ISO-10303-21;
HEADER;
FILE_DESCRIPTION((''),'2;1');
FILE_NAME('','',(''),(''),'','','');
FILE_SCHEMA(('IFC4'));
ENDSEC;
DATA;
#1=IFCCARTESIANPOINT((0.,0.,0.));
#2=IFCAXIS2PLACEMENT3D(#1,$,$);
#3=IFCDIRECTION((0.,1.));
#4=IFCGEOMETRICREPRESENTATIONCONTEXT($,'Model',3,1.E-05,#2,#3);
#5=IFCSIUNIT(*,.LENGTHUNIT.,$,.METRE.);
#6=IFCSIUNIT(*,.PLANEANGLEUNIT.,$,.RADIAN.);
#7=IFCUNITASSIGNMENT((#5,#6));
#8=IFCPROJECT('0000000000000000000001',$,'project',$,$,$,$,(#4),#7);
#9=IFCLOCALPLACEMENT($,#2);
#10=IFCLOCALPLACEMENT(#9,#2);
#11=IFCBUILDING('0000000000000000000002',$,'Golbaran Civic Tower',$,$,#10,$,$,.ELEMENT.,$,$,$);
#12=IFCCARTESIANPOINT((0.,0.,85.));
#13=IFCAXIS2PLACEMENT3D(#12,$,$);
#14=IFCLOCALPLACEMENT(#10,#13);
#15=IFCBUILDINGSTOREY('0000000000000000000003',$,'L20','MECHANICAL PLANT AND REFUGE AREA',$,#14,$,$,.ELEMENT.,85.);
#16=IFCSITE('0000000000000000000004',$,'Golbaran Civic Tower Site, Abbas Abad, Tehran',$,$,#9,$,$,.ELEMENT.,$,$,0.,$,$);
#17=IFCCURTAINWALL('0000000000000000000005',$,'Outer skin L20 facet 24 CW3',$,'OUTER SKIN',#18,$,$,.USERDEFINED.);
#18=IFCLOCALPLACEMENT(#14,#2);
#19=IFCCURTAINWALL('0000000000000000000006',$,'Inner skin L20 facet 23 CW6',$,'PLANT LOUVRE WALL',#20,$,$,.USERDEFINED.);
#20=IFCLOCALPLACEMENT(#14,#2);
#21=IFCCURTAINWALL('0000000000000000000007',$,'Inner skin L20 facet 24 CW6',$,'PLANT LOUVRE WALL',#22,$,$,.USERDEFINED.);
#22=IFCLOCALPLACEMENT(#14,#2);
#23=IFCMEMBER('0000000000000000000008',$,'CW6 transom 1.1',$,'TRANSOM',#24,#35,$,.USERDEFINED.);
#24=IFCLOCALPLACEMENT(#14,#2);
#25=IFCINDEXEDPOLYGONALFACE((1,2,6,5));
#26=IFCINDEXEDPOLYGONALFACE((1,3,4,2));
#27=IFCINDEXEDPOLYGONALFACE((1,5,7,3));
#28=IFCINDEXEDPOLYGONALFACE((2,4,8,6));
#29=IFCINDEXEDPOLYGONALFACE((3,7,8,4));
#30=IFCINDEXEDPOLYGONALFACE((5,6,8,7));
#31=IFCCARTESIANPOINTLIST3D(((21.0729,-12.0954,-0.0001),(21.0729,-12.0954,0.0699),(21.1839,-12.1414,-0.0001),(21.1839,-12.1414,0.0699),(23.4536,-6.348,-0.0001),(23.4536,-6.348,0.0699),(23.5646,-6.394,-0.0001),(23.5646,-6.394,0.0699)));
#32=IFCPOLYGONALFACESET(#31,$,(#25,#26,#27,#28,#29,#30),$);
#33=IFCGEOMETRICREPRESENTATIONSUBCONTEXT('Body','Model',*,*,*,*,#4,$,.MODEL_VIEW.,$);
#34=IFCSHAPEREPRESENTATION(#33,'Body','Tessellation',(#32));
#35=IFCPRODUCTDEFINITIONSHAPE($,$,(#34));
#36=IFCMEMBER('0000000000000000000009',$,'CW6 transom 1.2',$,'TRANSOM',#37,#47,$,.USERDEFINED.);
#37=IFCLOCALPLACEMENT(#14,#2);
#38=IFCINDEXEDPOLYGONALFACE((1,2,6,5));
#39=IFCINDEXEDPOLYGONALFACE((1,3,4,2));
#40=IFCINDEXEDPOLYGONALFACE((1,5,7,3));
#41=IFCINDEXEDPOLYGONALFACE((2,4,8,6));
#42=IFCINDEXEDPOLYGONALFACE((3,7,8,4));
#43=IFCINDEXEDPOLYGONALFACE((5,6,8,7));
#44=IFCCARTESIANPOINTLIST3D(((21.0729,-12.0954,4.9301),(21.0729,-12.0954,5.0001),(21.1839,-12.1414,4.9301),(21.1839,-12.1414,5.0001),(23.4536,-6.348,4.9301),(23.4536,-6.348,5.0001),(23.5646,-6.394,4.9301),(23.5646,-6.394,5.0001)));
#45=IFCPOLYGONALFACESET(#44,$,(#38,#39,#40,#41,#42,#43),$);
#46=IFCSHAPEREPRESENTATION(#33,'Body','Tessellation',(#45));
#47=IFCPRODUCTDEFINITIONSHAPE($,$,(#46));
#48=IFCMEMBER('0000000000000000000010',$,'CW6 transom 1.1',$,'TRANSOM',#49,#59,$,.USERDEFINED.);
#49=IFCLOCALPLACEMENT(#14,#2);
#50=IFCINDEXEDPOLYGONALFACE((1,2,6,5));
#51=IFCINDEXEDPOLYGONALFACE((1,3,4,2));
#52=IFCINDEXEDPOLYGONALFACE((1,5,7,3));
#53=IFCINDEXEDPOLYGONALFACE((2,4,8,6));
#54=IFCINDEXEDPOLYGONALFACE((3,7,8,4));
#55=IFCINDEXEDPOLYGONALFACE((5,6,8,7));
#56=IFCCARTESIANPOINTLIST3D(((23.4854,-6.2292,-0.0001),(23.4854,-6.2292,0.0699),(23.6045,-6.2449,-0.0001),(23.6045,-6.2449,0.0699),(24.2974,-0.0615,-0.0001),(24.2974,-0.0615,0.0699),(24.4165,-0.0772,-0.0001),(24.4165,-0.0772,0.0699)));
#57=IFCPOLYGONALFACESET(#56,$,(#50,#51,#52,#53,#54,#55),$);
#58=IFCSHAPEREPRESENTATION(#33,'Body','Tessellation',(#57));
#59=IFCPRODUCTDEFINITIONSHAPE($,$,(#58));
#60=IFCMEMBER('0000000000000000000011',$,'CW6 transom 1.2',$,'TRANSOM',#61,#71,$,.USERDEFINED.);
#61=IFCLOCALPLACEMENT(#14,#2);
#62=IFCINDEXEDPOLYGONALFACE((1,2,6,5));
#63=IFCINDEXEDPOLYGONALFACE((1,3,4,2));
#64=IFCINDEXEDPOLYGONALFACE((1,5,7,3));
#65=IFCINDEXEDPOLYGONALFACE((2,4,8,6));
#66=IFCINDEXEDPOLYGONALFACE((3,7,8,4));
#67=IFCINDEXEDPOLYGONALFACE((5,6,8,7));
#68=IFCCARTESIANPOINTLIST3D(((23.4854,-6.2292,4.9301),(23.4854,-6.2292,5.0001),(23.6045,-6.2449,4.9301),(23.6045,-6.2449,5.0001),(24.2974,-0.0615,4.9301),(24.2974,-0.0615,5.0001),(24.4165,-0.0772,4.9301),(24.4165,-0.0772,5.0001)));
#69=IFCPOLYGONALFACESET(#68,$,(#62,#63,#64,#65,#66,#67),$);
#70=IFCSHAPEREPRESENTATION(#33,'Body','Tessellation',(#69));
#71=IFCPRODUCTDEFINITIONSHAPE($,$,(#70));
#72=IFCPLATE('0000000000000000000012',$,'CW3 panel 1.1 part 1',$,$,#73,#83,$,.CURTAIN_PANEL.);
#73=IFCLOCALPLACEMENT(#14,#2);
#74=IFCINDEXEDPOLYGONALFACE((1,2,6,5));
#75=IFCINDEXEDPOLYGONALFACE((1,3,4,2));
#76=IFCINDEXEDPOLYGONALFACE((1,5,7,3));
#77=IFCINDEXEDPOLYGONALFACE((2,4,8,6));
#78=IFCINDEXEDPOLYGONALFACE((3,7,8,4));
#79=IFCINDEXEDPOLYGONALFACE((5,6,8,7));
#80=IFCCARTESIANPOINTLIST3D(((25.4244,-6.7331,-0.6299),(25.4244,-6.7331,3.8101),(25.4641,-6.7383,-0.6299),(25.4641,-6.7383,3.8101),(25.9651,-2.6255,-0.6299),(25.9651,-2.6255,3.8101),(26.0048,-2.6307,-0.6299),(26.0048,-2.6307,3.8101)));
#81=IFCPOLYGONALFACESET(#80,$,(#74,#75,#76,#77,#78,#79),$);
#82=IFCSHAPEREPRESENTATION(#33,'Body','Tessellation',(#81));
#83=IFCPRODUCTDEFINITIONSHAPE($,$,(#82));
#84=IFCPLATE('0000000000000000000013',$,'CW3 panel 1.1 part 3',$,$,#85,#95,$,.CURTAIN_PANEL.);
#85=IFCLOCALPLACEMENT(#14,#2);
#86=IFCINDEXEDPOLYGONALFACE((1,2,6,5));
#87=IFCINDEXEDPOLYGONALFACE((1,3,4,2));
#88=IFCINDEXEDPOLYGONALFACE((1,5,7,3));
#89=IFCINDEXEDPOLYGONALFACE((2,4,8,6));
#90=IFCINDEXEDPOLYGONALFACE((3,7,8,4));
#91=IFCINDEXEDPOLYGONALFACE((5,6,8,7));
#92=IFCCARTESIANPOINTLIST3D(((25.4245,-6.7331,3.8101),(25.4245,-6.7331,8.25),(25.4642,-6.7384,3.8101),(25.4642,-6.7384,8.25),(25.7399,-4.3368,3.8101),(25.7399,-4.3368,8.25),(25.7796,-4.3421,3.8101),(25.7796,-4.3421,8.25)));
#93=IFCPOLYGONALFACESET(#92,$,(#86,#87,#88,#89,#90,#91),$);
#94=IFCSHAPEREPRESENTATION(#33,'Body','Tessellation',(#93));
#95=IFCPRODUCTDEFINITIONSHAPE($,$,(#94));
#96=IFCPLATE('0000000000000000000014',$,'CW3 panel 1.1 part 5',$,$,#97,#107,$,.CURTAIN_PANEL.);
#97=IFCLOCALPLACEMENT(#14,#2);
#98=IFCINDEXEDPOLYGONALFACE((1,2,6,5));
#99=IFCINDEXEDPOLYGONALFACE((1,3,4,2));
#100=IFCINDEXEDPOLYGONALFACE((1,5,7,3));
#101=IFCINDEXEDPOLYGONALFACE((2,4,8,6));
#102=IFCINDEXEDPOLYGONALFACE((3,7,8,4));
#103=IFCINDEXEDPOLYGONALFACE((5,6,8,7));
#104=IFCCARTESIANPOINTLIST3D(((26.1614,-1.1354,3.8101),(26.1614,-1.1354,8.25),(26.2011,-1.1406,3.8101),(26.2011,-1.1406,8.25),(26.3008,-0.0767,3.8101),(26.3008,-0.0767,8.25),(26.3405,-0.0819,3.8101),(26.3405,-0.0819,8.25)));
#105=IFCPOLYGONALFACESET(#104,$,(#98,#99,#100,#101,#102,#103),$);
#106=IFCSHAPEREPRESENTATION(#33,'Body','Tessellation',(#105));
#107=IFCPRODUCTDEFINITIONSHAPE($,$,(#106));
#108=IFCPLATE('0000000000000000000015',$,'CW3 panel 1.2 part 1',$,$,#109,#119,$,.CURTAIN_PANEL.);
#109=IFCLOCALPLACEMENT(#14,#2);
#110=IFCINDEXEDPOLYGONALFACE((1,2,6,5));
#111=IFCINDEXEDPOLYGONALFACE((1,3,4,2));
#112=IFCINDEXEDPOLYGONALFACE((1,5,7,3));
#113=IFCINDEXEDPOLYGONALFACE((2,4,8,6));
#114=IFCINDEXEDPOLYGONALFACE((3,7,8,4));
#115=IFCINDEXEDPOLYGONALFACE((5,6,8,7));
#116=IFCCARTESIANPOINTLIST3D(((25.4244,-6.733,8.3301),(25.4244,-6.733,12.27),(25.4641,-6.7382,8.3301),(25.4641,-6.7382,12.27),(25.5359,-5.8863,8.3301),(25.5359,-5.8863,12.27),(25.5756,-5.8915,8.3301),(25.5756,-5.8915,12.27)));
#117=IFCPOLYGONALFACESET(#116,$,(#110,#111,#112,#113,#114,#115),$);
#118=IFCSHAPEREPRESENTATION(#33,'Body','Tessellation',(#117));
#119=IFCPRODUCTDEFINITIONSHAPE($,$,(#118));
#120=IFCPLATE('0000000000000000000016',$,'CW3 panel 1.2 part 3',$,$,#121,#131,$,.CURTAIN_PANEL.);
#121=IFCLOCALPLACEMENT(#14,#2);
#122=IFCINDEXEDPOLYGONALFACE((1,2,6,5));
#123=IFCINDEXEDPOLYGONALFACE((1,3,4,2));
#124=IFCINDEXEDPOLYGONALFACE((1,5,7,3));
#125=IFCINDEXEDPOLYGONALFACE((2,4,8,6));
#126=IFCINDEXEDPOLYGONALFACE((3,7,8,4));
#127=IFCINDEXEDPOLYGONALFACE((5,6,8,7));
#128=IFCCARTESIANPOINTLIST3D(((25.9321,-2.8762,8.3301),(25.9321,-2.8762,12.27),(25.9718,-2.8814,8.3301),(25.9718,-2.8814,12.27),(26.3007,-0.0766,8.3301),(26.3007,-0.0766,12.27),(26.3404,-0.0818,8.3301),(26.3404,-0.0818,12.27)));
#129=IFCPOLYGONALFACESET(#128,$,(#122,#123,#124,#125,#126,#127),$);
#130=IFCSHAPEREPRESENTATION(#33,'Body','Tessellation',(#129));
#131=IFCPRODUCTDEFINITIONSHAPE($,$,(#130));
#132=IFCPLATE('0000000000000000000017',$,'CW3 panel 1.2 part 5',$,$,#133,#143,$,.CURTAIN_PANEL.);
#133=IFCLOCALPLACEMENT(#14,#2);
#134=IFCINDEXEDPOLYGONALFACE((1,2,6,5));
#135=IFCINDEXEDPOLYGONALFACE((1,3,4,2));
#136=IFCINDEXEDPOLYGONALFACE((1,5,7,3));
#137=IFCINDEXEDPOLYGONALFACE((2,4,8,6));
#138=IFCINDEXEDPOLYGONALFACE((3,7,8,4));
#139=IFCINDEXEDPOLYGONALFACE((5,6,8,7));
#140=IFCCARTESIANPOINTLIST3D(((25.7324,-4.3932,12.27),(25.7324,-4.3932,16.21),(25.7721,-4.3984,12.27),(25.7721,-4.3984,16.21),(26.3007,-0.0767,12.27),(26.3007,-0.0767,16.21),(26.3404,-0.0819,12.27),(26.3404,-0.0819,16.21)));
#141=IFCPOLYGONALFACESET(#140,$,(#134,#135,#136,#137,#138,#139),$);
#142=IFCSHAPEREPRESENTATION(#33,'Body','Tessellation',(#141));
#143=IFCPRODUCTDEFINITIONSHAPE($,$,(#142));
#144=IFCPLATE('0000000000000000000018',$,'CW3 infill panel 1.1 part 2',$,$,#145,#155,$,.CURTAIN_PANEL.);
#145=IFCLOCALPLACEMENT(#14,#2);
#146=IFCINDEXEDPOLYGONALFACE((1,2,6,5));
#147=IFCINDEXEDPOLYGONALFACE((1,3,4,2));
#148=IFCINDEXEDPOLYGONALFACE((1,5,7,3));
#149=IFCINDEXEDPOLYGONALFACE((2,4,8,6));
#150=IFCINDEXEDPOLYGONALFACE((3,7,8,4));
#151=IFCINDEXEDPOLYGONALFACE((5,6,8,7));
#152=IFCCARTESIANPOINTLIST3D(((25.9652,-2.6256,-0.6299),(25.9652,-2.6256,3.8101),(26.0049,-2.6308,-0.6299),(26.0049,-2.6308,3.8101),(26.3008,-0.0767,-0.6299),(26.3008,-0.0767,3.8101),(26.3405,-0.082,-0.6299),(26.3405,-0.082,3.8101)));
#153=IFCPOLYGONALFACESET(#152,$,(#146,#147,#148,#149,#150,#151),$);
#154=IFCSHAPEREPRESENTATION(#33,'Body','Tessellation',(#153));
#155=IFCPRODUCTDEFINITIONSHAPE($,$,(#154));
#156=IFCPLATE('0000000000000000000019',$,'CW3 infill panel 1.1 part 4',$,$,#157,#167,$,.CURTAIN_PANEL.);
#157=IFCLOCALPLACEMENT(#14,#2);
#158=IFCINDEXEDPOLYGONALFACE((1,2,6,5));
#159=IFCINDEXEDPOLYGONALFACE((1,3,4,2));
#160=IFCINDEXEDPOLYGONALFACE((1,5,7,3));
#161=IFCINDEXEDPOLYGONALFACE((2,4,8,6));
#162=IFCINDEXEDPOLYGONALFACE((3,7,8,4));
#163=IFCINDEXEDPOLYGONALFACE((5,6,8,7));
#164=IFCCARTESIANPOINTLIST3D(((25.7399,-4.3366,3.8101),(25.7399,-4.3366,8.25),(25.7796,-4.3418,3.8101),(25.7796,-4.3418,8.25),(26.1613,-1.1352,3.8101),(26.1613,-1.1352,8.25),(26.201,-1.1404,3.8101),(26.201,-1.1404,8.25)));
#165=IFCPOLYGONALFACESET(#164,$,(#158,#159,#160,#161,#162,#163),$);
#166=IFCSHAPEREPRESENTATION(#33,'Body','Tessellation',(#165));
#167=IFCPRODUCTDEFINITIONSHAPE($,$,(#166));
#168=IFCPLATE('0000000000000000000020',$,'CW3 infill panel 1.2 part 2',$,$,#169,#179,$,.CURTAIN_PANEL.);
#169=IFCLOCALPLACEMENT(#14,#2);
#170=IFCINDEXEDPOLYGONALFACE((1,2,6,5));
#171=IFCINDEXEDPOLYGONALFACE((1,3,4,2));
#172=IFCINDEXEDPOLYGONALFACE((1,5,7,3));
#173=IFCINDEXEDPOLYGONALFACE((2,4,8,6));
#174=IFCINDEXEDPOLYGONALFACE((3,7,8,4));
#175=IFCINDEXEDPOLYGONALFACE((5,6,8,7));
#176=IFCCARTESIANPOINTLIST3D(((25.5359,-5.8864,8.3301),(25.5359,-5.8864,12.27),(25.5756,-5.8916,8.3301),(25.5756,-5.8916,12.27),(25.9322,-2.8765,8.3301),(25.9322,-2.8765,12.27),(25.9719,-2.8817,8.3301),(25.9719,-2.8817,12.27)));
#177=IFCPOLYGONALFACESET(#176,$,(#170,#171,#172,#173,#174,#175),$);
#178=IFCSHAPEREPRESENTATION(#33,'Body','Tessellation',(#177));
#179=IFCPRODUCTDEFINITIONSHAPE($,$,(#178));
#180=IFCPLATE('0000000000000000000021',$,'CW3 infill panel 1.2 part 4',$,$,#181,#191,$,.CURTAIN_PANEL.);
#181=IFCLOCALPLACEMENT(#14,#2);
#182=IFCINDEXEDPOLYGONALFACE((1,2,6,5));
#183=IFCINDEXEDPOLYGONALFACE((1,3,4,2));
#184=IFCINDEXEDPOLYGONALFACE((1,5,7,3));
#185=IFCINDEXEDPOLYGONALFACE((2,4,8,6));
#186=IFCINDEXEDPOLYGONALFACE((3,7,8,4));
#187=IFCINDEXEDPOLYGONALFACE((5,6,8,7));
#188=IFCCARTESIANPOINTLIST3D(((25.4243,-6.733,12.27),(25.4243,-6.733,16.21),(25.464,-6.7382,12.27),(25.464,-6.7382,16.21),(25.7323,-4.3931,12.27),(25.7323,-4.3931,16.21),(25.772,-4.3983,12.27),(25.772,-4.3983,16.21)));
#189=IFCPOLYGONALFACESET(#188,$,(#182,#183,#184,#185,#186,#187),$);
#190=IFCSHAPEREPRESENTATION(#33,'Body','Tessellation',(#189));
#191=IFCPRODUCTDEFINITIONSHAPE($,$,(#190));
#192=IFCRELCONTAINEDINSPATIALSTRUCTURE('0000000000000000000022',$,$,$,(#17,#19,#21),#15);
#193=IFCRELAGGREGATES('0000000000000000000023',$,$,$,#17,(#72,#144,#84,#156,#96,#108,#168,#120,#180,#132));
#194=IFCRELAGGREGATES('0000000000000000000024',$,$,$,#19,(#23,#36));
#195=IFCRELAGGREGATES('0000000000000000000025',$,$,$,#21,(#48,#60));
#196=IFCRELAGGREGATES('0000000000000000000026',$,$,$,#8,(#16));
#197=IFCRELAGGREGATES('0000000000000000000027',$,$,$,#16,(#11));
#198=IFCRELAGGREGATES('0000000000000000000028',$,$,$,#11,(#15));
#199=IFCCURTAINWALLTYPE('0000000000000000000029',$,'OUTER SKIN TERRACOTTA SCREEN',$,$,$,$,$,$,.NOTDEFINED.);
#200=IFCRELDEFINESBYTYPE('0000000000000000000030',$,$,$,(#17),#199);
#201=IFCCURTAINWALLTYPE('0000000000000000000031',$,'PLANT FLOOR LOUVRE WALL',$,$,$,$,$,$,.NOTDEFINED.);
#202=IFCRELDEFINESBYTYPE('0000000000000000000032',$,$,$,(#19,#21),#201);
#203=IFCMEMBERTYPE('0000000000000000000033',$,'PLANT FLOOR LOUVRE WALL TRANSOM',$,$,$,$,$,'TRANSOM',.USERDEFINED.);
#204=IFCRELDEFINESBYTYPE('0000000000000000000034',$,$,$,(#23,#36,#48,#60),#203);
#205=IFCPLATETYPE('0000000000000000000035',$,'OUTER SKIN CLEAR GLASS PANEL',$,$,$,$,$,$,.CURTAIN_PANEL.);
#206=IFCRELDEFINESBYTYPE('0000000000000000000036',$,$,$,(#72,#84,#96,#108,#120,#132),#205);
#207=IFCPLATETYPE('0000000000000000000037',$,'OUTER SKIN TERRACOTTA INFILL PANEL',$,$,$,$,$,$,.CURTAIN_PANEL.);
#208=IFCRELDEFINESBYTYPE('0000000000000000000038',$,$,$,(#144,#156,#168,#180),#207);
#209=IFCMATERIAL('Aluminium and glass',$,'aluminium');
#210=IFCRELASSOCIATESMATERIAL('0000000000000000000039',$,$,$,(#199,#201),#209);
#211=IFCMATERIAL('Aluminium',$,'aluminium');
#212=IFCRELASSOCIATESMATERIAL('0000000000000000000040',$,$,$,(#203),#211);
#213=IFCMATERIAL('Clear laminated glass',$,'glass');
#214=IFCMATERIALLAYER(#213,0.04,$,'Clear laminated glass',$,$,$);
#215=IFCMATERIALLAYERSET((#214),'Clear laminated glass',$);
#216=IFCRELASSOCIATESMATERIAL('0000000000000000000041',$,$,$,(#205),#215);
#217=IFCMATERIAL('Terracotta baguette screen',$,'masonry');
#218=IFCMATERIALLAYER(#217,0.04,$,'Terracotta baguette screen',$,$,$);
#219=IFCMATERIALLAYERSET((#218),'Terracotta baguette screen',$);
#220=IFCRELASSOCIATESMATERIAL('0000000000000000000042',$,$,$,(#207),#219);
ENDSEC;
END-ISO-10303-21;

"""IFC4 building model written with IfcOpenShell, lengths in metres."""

from ifc_helpers import new_model, si_unit, direction, frame, origin, origin_2d, place, context, subcontext, project, spatial, rectangle, extrude, material, layer, layer_set, material_profile, profile_set, type_object, element, aggregate, save


model = new_model("IFC4")

# Units and contexts
model_context = context("Model", 3, precision=1e-05, world=origin(), true_north=direction((0.0, 1.0)))
body_context = subcontext(model_context, "Body", "Model", "MODEL_VIEW")
ifc_project = project(units=[si_unit("LENGTHUNIT", "METRE"), si_unit("PLANEANGLEUNIT", "RADIAN")], contexts=[model_context])

# Site, building, storey
site_placement = place(None, origin())
site = spatial("IfcSite", under=ifc_project, at=site_placement, Name="Golbaran Civic Tower Site, Abbas Abad, Tehran", CompositionType="ELEMENT", RefElevation=0.0)
building_placement = place(site_placement, origin())
building = spatial("IfcBuilding", under=site, at=building_placement, Name="Golbaran Civic Tower", CompositionType="ELEMENT")
storey_placement = place(building_placement, frame((0.0, 0.0, 85.0)))
storey = spatial("IfcBuildingStorey", under=building, at=storey_placement, Name="L20", Description="MECHANICAL PLANT AND REFUGE AREA", CompositionType="ELEMENT", Elevation=85.0)

# Shared definitions
ifc_material_1 = material(Name="Aluminium and glass", Category="aluminium")
curtain_wall_type_1 = type_object("IfcCurtainWallType", Name="OUTER SKIN TERRACOTTA SCREEN", PredefinedType="NOTDEFINED", material=ifc_material_1)
ifc_material_2 = material(Name="Aluminium", Category="aluminium")

# Curtain walls
curtain_wall_1_placement = place(storey_placement, origin())
curtain_wall_1 = element("IfcCurtainWall", 1, at=curtain_wall_1_placement, inside=storey, type_object=curtain_wall_type_1, Name="Outer skin L20 facet 24 CW3", ObjectType="OUTER SKIN", PredefinedType="USERDEFINED")
curtain_wall_type_2 = type_object("IfcCurtainWallType", Name="PLANT FLOOR LOUVRE WALL", PredefinedType="NOTDEFINED", material=ifc_material_1)
curtain_wall_2_placement = place(storey_placement, origin())
curtain_wall_2 = element("IfcCurtainWall", 2, at=curtain_wall_2_placement, inside=storey, type_object=curtain_wall_type_2, Name="Inner skin L20 facet 23 CW6", ObjectType="PLANT LOUVRE WALL", PredefinedType="USERDEFINED")
curtain_wall_3_placement = place(storey_placement, origin())
curtain_wall_3 = element("IfcCurtainWall", 3, at=curtain_wall_3_placement, inside=storey, type_object=curtain_wall_type_2, Name="Inner skin L20 facet 24 CW6", ObjectType="PLANT LOUVRE WALL", PredefinedType="USERDEFINED")

# Members
ifc_material_profile_1 = material_profile(ifc_material_2, rectangle(XDim=0.1201, YDim=0.0701, at=origin_2d()), Name="PLANT FLOOR LOUVRE WALL TRANSOM")
ifc_profile_set_1 = profile_set([ifc_material_profile_1], Name="Aluminium")
member_type_1 = type_object("IfcMemberType", Name="PLANT FLOOR LOUVRE WALL TRANSOM", ElementType="TRANSOM", PredefinedType="USERDEFINED", material=ifc_profile_set_1)
member_1_placement = place(storey_placement, frame((21.1284, -12.1184, 0.0349), z_axis=(0.382683, 0.92388, 0.0), x_axis=(-0.92388, 0.382683, 0.0)))
member_1 = element("IfcMember", 4, at=member_1_placement, type_object=member_type_1, Name="CW6 transom 1.1", ObjectType="TRANSOM", PredefinedType="USERDEFINED", context=body_context, shape_type="SweptSolid", body=[
    extrude(rectangle(XDim=0.1201, YDim=0.0701, at=origin_2d()), origin(), (0.0, 0.0, 1.0), 6.2209),
])
member_2_placement = place(storey_placement, frame((21.1284, -12.1184, 4.9651), z_axis=(0.382683, 0.92388, 0.0), x_axis=(-0.92388, 0.382683, 0.0)))
member_2 = element("IfcMember", 5, at=member_2_placement, type_object=member_type_1, Name="CW6 transom 1.2", ObjectType="TRANSOM", PredefinedType="USERDEFINED", context=body_context, shape_type="SweptSolid", body=[
    extrude(rectangle(XDim=0.1201, YDim=0.0701, at=origin_2d()), origin(), (0.0, 0.0, 1.0), 6.2209),
])
member_3_placement = place(storey_placement, frame((23.5449, -6.2371, 0.0349), z_axis=(0.130529, 0.991445, 0.0), x_axis=(-0.991445, 0.130529, 0.0)))
member_3 = element("IfcMember", 6, at=member_3_placement, type_object=member_type_1, Name="CW6 transom 1.1", ObjectType="TRANSOM", PredefinedType="USERDEFINED", context=body_context, shape_type="SweptSolid", body=[
    extrude(rectangle(XDim=0.1201, YDim=0.0701, at=origin_2d()), origin(), (0.0, 0.0, 1.0), 6.2209),
])
member_4_placement = place(storey_placement, frame((23.5449, -6.2371, 4.9651), z_axis=(0.130529, 0.991445, 0.0), x_axis=(-0.991445, 0.130529, 0.0)))
member_4 = element("IfcMember", 7, at=member_4_placement, type_object=member_type_1, Name="CW6 transom 1.2", ObjectType="TRANSOM", PredefinedType="USERDEFINED", context=body_context, shape_type="SweptSolid", body=[
    extrude(rectangle(XDim=0.1201, YDim=0.0701, at=origin_2d()), origin(), (0.0, 0.0, 1.0), 6.2209),
])

# Plates
ifc_material_3 = material(Name="Clear laminated glass", Category="glass")
ifc_layer_1 = layer(ifc_material_3, 0.04, Name="Clear laminated glass")
ifc_layer_set_1 = layer_set([ifc_layer_1], Name="Clear laminated glass")
plate_type_1 = type_object("IfcPlateType", Name="OUTER SKIN CLEAR GLASS PANEL", PredefinedType="CURTAIN_PANEL", material=ifc_layer_set_1)
plate_1_placement = place(storey_placement, frame((25.7146, -4.6819, -0.6299), z_axis=(0.0, 0.0, 1.0), x_axis=(0.130526, 0.991445, 0.0)))
plate_1 = element("IfcPlate", 8, at=plate_1_placement, type_object=plate_type_1, Name="CW3 panel 1.1 part 1", PredefinedType="CURTAIN_PANEL", context=body_context, shape_type="SweptSolid", body=[
    extrude(rectangle(XDim=4.1431, YDim=0.04, at=origin_2d()), origin(), (0.0, 0.0, 1.0), 4.4399),
])
plate_2_placement = place(storey_placement, frame((25.6021, -5.5376, 3.8101), z_axis=(0.0, 0.0, 1.0), x_axis=(0.130526, 0.991445, 0.0)))
plate_2 = element("IfcPlate", 9, at=plate_2_placement, type_object=plate_type_1, Name="CW3 panel 1.1 part 3", PredefinedType="CURTAIN_PANEL", context=body_context, shape_type="SweptSolid", body=[
    extrude(rectangle(XDim=2.417, YDim=0.04, at=origin_2d()), origin(), (0.0, 0.0, 1.0), 4.4399),
])
plate_3_placement = place(storey_placement, frame((26.251, -0.6086, 3.8101), z_axis=(0.0, 0.0, 1.0), x_axis=(0.130526, 0.991445, 0.0)))
plate_3 = element("IfcPlate", 10, at=plate_3_placement, type_object=plate_type_1, Name="CW3 panel 1.1 part 5", PredefinedType="CURTAIN_PANEL", context=body_context, shape_type="SweptSolid", body=[
    extrude(rectangle(XDim=1.0679, YDim=0.04, at=origin_2d()), origin(), (0.0, 0.0, 1.0), 4.4399),
])
plate_4_placement = place(storey_placement, frame((25.5, -6.3123, 8.3301), z_axis=(0.0, 0.0, 1.0), x_axis=(0.130526, 0.991445, 0.0)))
plate_4 = element("IfcPlate", 11, at=plate_4_placement, type_object=plate_type_1, Name="CW3 panel 1.2 part 1", PredefinedType="CURTAIN_PANEL", context=body_context, shape_type="SweptSolid", body=[
    extrude(rectangle(XDim=0.854, YDim=0.04, at=origin_2d()), origin(), (0.0, 0.0, 1.0), 3.9399),
])
plate_5_placement = place(storey_placement, frame((26.1362, -1.479, 8.3301), z_axis=(0.0, 0.0, 1.0), x_axis=(0.130526, 0.991445, 0.0)))
plate_5 = element("IfcPlate", 12, at=plate_5_placement, type_object=plate_type_1, Name="CW3 panel 1.2 part 3", PredefinedType="CURTAIN_PANEL", context=body_context, shape_type="SweptSolid", body=[
    extrude(rectangle(XDim=2.8237, YDim=0.04, at=origin_2d()), origin(), (0.0, 0.0, 1.0), 3.9399),
])
plate_6_placement = place(storey_placement, frame((26.0364, -2.2375, 12.27), z_axis=(0.0, 0.0, 1.0), x_axis=(0.130526, 0.991445, 0.0)))
plate_6 = element("IfcPlate", 13, at=plate_6_placement, type_object=plate_type_1, Name="CW3 panel 1.2 part 5", PredefinedType="CURTAIN_PANEL", context=body_context, shape_type="SweptSolid", body=[
    extrude(rectangle(XDim=4.3538, YDim=0.04, at=origin_2d()), origin(), (0.0, 0.0, 1.0), 3.9399),
])
ifc_material_4 = material(Name="Terracotta baguette screen", Category="masonry")
ifc_layer_2 = layer(ifc_material_4, 0.04, Name="Terracotta baguette screen")
ifc_layer_set_2 = layer_set([ifc_layer_2], Name="Terracotta baguette screen")
plate_type_2 = type_object("IfcPlateType", Name="OUTER SKIN TERRACOTTA INFILL PANEL", PredefinedType="CURTAIN_PANEL", material=ifc_layer_set_2)
plate_7_placement = place(storey_placement, frame((26.1528, -1.3538, -0.6299), z_axis=(0.0, 0.0, 1.0), x_axis=(0.130526, 0.991445, 0.0)))
plate_7 = element("IfcPlate", 14, at=plate_7_placement, type_object=plate_type_2, Name="CW3 infill panel 1.1 part 2", PredefinedType="CURTAIN_PANEL", context=body_context, shape_type="SweptSolid", body=[
    extrude(rectangle(XDim=2.5708, YDim=0.04, at=origin_2d()), origin(), (0.0, 0.0, 1.0), 4.4399),
])
plate_8_placement = place(storey_placement, frame((25.9705, -2.7385, 3.8101), z_axis=(0.0, 0.0, 1.0), x_axis=(0.130526, 0.991445, 0.0)))
plate_8 = element("IfcPlate", 15, at=plate_8_placement, type_object=plate_type_2, Name="CW3 infill panel 1.1 part 4", PredefinedType="CURTAIN_PANEL", context=body_context, shape_type="SweptSolid", body=[
    extrude(rectangle(XDim=3.229, YDim=0.04, at=origin_2d()), origin(), (0.0, 0.0, 1.0), 4.4399),
])
plate_9_placement = place(storey_placement, frame((25.7539, -4.384, 8.3301), z_axis=(0.0, 0.0, 1.0), x_axis=(0.130526, 0.991445, 0.0)))
plate_9 = element("IfcPlate", 16, at=plate_9_placement, type_object=plate_type_2, Name="CW3 infill panel 1.2 part 2", PredefinedType="CURTAIN_PANEL", context=body_context, shape_type="SweptSolid", body=[
    extrude(rectangle(XDim=3.0359, YDim=0.04, at=origin_2d()), origin(), (0.0, 0.0, 1.0), 3.9399),
])
plate_10_placement = place(storey_placement, frame((25.5981, -5.5657, 12.27), z_axis=(0.0, 0.0, 1.0), x_axis=(0.130526, 0.991445, 0.0)))
plate_10 = element("IfcPlate", 17, at=plate_10_placement, type_object=plate_type_2, Name="CW3 infill panel 1.2 part 4", PredefinedType="CURTAIN_PANEL", context=body_context, shape_type="SweptSolid", body=[
    extrude(rectangle(XDim=2.3601, YDim=0.04, at=origin_2d()), origin(), (0.0, 0.0, 1.0), 3.9399),
])
aggregate(curtain_wall_1, [plate_1, plate_7, plate_2, plate_8, plate_3, plate_4, plate_9, plate_5, plate_10, plate_6])
aggregate(curtain_wall_2, [member_1, member_2])
aggregate(curtain_wall_3, [member_3, member_4])

save(model, "model.ifc")
